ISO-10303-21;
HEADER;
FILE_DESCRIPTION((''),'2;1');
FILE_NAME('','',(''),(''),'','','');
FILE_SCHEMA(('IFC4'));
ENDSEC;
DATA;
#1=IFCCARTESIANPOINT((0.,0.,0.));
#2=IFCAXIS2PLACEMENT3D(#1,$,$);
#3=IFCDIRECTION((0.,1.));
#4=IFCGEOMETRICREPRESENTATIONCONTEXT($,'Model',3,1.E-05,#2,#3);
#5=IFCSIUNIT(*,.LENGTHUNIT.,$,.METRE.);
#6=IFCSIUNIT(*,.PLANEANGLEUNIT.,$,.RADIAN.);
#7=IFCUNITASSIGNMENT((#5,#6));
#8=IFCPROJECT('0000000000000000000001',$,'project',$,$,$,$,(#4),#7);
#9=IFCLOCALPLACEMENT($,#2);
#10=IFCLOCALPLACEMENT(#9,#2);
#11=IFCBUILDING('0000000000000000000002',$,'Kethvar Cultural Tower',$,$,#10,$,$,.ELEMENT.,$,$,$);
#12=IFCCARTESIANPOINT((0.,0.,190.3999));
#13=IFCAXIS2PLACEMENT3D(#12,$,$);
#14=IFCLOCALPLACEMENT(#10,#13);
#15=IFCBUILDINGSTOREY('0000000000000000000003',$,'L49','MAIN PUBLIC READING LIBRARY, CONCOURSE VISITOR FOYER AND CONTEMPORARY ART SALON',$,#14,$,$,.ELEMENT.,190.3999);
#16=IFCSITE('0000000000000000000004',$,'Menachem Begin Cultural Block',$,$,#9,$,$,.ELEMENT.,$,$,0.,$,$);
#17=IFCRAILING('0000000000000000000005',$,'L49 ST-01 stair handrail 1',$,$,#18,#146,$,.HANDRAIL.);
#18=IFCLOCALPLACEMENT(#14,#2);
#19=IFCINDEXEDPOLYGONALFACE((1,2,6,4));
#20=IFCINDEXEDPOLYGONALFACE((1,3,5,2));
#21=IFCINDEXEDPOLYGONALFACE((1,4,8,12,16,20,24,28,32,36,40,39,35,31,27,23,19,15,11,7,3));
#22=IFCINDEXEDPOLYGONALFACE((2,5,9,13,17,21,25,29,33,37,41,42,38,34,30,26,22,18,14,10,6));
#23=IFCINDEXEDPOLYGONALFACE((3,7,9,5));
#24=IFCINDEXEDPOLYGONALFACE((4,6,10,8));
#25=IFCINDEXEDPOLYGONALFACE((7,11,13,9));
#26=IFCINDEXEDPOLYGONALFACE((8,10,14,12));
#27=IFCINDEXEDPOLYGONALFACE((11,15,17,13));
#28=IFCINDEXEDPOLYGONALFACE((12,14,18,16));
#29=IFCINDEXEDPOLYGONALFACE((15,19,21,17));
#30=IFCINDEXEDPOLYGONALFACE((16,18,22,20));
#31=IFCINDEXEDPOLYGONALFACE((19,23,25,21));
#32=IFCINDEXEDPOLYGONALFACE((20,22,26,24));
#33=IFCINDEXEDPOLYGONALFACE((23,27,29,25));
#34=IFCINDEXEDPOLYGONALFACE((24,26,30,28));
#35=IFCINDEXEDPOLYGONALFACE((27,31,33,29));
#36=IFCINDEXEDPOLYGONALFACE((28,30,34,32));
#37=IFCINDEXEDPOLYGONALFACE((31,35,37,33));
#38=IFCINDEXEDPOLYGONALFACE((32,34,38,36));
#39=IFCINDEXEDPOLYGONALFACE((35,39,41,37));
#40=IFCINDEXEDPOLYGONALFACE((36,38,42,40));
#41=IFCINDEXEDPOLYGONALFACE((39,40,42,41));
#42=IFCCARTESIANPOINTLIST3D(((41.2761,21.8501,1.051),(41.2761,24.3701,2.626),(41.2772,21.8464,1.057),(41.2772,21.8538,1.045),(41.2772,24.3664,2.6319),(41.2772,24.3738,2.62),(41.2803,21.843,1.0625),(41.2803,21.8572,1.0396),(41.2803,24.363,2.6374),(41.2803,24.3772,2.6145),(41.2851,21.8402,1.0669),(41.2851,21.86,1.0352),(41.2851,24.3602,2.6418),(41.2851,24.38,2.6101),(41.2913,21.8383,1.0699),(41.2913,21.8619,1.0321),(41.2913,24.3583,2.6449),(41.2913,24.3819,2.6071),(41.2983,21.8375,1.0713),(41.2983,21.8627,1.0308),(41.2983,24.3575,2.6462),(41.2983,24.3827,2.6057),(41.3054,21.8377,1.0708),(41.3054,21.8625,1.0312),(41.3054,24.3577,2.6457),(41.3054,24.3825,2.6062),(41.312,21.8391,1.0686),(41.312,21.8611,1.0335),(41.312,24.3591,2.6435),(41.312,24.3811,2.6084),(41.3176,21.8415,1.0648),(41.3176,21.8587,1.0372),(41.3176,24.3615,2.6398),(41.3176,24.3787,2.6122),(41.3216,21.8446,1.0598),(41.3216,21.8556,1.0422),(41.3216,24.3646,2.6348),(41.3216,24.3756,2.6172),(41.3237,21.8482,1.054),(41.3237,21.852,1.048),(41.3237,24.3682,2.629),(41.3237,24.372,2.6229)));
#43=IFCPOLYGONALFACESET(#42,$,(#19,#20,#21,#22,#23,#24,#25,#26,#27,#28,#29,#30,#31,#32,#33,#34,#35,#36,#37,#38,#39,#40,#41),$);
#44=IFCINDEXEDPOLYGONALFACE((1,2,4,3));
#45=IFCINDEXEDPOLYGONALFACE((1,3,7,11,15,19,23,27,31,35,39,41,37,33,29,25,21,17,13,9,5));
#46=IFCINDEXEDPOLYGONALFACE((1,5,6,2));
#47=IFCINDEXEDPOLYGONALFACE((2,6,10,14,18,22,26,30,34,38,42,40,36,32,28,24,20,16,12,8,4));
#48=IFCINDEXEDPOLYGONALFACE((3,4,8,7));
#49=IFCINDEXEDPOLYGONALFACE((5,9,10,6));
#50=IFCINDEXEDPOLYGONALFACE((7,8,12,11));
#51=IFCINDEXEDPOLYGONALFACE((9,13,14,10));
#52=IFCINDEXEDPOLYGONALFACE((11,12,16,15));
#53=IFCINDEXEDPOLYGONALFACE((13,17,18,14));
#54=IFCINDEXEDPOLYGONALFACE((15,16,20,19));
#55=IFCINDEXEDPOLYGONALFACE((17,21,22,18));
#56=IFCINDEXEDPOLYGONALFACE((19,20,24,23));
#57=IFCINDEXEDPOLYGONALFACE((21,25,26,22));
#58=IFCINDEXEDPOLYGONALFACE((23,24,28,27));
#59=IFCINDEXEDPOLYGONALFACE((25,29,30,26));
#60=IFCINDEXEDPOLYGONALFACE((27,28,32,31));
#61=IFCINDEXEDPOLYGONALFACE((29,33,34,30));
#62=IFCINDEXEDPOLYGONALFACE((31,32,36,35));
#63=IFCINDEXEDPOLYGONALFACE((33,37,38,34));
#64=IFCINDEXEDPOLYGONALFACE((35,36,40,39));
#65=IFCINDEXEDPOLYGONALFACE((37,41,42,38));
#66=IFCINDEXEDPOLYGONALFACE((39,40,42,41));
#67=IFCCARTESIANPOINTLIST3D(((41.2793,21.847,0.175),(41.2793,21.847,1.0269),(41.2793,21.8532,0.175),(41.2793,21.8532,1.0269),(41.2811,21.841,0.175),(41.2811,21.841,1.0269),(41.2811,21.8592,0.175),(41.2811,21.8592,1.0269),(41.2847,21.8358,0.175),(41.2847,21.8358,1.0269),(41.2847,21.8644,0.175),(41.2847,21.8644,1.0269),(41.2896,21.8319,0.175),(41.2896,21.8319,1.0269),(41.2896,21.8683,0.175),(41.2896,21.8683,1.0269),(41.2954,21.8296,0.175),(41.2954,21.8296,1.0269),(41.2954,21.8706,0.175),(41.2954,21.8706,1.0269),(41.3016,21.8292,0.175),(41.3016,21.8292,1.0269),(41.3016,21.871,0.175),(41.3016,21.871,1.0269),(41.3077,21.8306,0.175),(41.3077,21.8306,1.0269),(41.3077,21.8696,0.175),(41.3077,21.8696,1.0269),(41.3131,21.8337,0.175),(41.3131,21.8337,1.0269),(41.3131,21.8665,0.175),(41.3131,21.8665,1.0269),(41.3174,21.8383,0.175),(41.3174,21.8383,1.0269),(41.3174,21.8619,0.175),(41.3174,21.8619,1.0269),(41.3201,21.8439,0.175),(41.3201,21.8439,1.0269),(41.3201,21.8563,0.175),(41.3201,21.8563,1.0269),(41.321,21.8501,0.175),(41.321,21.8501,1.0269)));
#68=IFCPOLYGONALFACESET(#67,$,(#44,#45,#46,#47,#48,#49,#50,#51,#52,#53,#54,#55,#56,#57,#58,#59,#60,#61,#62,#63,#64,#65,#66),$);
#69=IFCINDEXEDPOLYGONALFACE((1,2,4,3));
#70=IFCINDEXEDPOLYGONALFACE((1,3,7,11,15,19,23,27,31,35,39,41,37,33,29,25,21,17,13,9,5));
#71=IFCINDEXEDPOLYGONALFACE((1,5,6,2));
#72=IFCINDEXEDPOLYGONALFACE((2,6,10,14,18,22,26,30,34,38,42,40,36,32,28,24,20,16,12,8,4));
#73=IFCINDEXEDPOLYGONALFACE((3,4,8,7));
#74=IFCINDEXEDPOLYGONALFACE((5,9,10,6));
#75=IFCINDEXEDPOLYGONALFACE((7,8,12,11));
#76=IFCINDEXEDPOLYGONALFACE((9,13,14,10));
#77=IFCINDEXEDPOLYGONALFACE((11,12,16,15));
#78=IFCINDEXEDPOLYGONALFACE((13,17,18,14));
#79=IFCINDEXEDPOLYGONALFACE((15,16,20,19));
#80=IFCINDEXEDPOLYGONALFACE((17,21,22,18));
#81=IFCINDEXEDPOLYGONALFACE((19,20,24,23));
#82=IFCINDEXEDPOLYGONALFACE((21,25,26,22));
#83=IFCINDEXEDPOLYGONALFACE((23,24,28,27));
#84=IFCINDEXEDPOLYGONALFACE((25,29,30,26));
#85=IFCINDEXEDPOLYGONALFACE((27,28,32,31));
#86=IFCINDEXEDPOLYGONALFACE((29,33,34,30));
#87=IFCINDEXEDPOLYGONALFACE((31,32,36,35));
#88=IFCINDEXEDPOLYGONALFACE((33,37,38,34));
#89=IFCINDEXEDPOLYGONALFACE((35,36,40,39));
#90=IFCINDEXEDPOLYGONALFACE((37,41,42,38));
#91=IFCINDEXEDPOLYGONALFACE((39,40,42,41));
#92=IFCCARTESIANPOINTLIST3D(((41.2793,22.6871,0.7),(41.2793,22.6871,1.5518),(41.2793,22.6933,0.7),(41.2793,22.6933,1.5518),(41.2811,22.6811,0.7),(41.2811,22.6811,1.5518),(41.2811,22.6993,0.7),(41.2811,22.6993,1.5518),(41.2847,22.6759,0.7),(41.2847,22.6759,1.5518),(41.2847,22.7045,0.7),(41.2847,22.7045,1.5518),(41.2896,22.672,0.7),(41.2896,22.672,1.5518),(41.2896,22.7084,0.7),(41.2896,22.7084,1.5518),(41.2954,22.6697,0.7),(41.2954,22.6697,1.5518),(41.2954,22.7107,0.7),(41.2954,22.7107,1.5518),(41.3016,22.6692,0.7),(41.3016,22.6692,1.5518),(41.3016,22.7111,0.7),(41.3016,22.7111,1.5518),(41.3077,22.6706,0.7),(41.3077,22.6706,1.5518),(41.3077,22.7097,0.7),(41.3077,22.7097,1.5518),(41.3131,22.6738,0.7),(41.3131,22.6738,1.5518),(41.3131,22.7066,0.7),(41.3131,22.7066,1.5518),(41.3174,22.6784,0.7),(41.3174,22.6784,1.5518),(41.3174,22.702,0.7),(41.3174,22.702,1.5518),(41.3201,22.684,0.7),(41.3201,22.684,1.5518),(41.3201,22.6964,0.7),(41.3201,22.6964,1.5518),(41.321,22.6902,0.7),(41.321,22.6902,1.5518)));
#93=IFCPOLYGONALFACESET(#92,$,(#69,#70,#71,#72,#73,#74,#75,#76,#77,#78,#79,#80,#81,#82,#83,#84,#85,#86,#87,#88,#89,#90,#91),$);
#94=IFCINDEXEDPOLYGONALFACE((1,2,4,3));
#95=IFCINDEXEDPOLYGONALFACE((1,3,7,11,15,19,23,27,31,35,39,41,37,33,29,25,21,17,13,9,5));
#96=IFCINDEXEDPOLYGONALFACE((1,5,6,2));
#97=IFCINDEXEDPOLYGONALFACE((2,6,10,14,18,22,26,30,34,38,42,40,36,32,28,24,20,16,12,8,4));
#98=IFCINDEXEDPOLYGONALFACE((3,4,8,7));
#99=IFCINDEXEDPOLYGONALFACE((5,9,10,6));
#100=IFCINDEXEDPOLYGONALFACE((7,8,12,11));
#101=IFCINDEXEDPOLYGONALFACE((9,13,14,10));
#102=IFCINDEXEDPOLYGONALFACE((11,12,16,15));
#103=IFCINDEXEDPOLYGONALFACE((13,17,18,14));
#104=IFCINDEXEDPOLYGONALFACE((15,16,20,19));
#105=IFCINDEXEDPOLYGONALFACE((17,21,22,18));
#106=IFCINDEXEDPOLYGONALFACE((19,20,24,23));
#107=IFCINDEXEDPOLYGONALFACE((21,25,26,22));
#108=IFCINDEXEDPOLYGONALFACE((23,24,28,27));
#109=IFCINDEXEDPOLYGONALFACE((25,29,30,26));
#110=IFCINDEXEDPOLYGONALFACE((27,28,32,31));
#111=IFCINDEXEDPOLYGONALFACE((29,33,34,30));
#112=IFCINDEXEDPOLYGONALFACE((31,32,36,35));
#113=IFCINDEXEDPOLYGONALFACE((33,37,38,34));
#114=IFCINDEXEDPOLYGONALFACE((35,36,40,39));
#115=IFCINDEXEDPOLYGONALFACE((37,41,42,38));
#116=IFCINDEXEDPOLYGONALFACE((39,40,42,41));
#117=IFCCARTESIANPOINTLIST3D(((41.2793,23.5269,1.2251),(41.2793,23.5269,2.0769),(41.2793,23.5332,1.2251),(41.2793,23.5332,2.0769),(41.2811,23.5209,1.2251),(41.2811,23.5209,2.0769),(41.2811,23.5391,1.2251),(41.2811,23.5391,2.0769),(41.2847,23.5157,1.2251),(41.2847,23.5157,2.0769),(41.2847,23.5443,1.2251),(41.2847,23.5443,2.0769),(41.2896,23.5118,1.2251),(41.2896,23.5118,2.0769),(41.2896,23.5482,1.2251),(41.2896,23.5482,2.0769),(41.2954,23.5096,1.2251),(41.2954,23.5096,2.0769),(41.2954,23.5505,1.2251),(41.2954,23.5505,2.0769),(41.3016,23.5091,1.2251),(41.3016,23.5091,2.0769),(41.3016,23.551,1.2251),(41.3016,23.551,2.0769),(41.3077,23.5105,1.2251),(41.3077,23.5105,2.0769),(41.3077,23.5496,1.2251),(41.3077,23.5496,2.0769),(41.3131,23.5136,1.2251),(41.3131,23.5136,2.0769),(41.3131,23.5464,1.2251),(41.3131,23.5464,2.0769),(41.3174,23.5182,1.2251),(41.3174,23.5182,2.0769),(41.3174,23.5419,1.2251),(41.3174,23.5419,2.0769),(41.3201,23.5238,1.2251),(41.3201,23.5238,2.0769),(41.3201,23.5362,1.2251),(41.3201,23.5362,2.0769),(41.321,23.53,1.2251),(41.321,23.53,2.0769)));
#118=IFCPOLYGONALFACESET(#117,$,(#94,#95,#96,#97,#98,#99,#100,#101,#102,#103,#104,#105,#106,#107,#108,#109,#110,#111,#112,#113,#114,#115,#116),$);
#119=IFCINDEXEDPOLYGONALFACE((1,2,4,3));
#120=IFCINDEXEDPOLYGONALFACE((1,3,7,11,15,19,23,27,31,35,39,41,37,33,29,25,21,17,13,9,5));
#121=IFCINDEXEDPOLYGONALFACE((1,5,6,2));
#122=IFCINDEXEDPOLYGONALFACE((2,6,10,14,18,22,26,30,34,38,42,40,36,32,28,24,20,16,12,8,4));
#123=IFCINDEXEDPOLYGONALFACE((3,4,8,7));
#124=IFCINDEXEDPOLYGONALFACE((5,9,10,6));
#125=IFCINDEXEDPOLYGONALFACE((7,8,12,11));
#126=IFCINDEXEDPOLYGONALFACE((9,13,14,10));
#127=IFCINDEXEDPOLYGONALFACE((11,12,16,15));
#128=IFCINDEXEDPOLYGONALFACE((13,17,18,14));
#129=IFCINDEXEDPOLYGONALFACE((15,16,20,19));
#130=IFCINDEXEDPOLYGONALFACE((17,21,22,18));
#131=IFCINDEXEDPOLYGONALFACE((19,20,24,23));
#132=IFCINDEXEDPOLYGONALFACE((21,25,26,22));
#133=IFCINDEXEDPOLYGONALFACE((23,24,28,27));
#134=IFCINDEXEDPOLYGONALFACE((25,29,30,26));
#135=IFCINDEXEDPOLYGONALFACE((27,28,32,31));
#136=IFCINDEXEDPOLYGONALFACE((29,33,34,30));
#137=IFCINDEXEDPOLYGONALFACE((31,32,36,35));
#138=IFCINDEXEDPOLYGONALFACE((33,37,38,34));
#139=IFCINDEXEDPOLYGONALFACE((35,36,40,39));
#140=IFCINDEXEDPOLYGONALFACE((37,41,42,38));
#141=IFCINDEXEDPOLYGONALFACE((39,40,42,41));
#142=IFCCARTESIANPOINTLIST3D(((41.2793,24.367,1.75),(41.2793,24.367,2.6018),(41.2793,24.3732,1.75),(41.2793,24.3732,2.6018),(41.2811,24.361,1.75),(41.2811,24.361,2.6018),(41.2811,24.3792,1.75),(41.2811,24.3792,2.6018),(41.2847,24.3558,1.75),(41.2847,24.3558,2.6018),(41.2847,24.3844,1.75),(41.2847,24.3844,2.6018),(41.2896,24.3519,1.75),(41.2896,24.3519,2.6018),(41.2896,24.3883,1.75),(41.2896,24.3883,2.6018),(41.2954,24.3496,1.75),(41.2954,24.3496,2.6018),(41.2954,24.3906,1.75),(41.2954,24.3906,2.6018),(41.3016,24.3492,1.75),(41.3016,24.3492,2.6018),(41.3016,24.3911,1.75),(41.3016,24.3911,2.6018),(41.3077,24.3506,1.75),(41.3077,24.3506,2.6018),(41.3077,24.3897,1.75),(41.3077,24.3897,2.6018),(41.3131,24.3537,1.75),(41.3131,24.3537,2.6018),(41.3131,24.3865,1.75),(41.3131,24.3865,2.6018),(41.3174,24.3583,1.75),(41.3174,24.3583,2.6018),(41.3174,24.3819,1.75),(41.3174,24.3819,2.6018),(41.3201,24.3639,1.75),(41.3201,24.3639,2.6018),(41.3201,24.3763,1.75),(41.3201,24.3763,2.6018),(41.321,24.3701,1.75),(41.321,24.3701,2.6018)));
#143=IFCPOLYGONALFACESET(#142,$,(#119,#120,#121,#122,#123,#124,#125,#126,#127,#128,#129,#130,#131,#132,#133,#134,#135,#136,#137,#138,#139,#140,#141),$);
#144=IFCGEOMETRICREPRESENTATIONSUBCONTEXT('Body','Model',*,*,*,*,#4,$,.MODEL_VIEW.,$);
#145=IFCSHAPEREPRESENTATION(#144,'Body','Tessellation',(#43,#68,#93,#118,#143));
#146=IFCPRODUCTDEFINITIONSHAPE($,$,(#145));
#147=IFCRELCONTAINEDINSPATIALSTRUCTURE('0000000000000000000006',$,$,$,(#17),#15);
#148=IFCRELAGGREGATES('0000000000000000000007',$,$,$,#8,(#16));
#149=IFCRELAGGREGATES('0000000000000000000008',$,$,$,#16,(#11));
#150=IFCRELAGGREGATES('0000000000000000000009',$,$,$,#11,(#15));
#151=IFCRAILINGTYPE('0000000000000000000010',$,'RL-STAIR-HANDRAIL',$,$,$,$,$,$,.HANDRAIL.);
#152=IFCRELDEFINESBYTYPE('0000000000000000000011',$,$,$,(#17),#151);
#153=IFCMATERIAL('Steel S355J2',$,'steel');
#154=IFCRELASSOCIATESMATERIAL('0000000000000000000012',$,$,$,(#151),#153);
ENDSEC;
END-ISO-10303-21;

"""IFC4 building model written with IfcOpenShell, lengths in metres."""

from ifc_helpers import new_model, si_unit, direction, frame, origin, origin_2d, place, context, subcontext, project, spatial, circle, extrude, material, type_object, element, save


model = new_model("IFC4")

# Units and contexts
model_context = context("Model", 3, precision=1e-05, world=origin(), true_north=direction((0.0, 1.0)))
body_context = subcontext(model_context, "Body", "Model", "MODEL_VIEW")
ifc_project = project(units=[si_unit("LENGTHUNIT", "METRE"), si_unit("PLANEANGLEUNIT", "RADIAN")], contexts=[model_context])

# Site, building, storey
site_placement = place(None, origin())
site = spatial("IfcSite", under=ifc_project, at=site_placement, Name="Menachem Begin Cultural Block", CompositionType="ELEMENT", RefElevation=0.0)
building_placement = place(site_placement, origin())
building = spatial("IfcBuilding", under=site, at=building_placement, Name="Kethvar Cultural Tower", CompositionType="ELEMENT")
storey_placement = place(building_placement, frame((0.0, 0.0, 190.3999)))
storey = spatial("IfcBuildingStorey", under=building, at=storey_placement, Name="L49", Description="MAIN PUBLIC READING LIBRARY, CONCOURSE VISITOR FOYER AND CONTEMPORARY ART SALON", CompositionType="ELEMENT", Elevation=190.3999)

# Shared definitions
ifc_material_1 = material(Name="Steel S355J2", Category="steel")

# Railing
railing_type_1 = type_object("IfcRailingType", Name="RL-STAIR-HANDRAIL", PredefinedType="HANDRAIL", material=ifc_material_1)
railing_1_placement = place(storey_placement, frame((41.3, 21.8501, 0.175)))
element("IfcRailing", 1, at=railing_1_placement, inside=storey, type_object=railing_type_1, Name="L49 ST-01 stair handrail 1", PredefinedType="HANDRAIL", context=body_context, shape_type="SweptSolid", body=[
    extrude(circle(Radius=0.0239, at=origin_2d()), frame((0.0, 0.0, 0.876), z_axis=(0.0, 0.848008, 0.529984), x_axis=(-1.0, 0.0, 0.0)), (0.0, 0.0, 1.0), 2.9717),
    extrude(circle(Radius=0.021, at=origin_2d()), origin(), (0.0, 0.0, 1.0), 0.8518),
    extrude(circle(Radius=0.021, at=origin_2d()), frame((0.0, 0.8401, 0.5249)), (0.0, 0.0, 1.0), 0.8518),
    extrude(circle(Radius=0.021, at=origin_2d()), frame((0.0, 1.6799, 1.05)), (0.0, 0.0, 1.0), 0.8518),
    extrude(circle(Radius=0.021, at=origin_2d()), frame((0.0, 2.52, 1.575)), (0.0, 0.0, 1.0), 0.8518),
])

save(model, "model.ifc")
